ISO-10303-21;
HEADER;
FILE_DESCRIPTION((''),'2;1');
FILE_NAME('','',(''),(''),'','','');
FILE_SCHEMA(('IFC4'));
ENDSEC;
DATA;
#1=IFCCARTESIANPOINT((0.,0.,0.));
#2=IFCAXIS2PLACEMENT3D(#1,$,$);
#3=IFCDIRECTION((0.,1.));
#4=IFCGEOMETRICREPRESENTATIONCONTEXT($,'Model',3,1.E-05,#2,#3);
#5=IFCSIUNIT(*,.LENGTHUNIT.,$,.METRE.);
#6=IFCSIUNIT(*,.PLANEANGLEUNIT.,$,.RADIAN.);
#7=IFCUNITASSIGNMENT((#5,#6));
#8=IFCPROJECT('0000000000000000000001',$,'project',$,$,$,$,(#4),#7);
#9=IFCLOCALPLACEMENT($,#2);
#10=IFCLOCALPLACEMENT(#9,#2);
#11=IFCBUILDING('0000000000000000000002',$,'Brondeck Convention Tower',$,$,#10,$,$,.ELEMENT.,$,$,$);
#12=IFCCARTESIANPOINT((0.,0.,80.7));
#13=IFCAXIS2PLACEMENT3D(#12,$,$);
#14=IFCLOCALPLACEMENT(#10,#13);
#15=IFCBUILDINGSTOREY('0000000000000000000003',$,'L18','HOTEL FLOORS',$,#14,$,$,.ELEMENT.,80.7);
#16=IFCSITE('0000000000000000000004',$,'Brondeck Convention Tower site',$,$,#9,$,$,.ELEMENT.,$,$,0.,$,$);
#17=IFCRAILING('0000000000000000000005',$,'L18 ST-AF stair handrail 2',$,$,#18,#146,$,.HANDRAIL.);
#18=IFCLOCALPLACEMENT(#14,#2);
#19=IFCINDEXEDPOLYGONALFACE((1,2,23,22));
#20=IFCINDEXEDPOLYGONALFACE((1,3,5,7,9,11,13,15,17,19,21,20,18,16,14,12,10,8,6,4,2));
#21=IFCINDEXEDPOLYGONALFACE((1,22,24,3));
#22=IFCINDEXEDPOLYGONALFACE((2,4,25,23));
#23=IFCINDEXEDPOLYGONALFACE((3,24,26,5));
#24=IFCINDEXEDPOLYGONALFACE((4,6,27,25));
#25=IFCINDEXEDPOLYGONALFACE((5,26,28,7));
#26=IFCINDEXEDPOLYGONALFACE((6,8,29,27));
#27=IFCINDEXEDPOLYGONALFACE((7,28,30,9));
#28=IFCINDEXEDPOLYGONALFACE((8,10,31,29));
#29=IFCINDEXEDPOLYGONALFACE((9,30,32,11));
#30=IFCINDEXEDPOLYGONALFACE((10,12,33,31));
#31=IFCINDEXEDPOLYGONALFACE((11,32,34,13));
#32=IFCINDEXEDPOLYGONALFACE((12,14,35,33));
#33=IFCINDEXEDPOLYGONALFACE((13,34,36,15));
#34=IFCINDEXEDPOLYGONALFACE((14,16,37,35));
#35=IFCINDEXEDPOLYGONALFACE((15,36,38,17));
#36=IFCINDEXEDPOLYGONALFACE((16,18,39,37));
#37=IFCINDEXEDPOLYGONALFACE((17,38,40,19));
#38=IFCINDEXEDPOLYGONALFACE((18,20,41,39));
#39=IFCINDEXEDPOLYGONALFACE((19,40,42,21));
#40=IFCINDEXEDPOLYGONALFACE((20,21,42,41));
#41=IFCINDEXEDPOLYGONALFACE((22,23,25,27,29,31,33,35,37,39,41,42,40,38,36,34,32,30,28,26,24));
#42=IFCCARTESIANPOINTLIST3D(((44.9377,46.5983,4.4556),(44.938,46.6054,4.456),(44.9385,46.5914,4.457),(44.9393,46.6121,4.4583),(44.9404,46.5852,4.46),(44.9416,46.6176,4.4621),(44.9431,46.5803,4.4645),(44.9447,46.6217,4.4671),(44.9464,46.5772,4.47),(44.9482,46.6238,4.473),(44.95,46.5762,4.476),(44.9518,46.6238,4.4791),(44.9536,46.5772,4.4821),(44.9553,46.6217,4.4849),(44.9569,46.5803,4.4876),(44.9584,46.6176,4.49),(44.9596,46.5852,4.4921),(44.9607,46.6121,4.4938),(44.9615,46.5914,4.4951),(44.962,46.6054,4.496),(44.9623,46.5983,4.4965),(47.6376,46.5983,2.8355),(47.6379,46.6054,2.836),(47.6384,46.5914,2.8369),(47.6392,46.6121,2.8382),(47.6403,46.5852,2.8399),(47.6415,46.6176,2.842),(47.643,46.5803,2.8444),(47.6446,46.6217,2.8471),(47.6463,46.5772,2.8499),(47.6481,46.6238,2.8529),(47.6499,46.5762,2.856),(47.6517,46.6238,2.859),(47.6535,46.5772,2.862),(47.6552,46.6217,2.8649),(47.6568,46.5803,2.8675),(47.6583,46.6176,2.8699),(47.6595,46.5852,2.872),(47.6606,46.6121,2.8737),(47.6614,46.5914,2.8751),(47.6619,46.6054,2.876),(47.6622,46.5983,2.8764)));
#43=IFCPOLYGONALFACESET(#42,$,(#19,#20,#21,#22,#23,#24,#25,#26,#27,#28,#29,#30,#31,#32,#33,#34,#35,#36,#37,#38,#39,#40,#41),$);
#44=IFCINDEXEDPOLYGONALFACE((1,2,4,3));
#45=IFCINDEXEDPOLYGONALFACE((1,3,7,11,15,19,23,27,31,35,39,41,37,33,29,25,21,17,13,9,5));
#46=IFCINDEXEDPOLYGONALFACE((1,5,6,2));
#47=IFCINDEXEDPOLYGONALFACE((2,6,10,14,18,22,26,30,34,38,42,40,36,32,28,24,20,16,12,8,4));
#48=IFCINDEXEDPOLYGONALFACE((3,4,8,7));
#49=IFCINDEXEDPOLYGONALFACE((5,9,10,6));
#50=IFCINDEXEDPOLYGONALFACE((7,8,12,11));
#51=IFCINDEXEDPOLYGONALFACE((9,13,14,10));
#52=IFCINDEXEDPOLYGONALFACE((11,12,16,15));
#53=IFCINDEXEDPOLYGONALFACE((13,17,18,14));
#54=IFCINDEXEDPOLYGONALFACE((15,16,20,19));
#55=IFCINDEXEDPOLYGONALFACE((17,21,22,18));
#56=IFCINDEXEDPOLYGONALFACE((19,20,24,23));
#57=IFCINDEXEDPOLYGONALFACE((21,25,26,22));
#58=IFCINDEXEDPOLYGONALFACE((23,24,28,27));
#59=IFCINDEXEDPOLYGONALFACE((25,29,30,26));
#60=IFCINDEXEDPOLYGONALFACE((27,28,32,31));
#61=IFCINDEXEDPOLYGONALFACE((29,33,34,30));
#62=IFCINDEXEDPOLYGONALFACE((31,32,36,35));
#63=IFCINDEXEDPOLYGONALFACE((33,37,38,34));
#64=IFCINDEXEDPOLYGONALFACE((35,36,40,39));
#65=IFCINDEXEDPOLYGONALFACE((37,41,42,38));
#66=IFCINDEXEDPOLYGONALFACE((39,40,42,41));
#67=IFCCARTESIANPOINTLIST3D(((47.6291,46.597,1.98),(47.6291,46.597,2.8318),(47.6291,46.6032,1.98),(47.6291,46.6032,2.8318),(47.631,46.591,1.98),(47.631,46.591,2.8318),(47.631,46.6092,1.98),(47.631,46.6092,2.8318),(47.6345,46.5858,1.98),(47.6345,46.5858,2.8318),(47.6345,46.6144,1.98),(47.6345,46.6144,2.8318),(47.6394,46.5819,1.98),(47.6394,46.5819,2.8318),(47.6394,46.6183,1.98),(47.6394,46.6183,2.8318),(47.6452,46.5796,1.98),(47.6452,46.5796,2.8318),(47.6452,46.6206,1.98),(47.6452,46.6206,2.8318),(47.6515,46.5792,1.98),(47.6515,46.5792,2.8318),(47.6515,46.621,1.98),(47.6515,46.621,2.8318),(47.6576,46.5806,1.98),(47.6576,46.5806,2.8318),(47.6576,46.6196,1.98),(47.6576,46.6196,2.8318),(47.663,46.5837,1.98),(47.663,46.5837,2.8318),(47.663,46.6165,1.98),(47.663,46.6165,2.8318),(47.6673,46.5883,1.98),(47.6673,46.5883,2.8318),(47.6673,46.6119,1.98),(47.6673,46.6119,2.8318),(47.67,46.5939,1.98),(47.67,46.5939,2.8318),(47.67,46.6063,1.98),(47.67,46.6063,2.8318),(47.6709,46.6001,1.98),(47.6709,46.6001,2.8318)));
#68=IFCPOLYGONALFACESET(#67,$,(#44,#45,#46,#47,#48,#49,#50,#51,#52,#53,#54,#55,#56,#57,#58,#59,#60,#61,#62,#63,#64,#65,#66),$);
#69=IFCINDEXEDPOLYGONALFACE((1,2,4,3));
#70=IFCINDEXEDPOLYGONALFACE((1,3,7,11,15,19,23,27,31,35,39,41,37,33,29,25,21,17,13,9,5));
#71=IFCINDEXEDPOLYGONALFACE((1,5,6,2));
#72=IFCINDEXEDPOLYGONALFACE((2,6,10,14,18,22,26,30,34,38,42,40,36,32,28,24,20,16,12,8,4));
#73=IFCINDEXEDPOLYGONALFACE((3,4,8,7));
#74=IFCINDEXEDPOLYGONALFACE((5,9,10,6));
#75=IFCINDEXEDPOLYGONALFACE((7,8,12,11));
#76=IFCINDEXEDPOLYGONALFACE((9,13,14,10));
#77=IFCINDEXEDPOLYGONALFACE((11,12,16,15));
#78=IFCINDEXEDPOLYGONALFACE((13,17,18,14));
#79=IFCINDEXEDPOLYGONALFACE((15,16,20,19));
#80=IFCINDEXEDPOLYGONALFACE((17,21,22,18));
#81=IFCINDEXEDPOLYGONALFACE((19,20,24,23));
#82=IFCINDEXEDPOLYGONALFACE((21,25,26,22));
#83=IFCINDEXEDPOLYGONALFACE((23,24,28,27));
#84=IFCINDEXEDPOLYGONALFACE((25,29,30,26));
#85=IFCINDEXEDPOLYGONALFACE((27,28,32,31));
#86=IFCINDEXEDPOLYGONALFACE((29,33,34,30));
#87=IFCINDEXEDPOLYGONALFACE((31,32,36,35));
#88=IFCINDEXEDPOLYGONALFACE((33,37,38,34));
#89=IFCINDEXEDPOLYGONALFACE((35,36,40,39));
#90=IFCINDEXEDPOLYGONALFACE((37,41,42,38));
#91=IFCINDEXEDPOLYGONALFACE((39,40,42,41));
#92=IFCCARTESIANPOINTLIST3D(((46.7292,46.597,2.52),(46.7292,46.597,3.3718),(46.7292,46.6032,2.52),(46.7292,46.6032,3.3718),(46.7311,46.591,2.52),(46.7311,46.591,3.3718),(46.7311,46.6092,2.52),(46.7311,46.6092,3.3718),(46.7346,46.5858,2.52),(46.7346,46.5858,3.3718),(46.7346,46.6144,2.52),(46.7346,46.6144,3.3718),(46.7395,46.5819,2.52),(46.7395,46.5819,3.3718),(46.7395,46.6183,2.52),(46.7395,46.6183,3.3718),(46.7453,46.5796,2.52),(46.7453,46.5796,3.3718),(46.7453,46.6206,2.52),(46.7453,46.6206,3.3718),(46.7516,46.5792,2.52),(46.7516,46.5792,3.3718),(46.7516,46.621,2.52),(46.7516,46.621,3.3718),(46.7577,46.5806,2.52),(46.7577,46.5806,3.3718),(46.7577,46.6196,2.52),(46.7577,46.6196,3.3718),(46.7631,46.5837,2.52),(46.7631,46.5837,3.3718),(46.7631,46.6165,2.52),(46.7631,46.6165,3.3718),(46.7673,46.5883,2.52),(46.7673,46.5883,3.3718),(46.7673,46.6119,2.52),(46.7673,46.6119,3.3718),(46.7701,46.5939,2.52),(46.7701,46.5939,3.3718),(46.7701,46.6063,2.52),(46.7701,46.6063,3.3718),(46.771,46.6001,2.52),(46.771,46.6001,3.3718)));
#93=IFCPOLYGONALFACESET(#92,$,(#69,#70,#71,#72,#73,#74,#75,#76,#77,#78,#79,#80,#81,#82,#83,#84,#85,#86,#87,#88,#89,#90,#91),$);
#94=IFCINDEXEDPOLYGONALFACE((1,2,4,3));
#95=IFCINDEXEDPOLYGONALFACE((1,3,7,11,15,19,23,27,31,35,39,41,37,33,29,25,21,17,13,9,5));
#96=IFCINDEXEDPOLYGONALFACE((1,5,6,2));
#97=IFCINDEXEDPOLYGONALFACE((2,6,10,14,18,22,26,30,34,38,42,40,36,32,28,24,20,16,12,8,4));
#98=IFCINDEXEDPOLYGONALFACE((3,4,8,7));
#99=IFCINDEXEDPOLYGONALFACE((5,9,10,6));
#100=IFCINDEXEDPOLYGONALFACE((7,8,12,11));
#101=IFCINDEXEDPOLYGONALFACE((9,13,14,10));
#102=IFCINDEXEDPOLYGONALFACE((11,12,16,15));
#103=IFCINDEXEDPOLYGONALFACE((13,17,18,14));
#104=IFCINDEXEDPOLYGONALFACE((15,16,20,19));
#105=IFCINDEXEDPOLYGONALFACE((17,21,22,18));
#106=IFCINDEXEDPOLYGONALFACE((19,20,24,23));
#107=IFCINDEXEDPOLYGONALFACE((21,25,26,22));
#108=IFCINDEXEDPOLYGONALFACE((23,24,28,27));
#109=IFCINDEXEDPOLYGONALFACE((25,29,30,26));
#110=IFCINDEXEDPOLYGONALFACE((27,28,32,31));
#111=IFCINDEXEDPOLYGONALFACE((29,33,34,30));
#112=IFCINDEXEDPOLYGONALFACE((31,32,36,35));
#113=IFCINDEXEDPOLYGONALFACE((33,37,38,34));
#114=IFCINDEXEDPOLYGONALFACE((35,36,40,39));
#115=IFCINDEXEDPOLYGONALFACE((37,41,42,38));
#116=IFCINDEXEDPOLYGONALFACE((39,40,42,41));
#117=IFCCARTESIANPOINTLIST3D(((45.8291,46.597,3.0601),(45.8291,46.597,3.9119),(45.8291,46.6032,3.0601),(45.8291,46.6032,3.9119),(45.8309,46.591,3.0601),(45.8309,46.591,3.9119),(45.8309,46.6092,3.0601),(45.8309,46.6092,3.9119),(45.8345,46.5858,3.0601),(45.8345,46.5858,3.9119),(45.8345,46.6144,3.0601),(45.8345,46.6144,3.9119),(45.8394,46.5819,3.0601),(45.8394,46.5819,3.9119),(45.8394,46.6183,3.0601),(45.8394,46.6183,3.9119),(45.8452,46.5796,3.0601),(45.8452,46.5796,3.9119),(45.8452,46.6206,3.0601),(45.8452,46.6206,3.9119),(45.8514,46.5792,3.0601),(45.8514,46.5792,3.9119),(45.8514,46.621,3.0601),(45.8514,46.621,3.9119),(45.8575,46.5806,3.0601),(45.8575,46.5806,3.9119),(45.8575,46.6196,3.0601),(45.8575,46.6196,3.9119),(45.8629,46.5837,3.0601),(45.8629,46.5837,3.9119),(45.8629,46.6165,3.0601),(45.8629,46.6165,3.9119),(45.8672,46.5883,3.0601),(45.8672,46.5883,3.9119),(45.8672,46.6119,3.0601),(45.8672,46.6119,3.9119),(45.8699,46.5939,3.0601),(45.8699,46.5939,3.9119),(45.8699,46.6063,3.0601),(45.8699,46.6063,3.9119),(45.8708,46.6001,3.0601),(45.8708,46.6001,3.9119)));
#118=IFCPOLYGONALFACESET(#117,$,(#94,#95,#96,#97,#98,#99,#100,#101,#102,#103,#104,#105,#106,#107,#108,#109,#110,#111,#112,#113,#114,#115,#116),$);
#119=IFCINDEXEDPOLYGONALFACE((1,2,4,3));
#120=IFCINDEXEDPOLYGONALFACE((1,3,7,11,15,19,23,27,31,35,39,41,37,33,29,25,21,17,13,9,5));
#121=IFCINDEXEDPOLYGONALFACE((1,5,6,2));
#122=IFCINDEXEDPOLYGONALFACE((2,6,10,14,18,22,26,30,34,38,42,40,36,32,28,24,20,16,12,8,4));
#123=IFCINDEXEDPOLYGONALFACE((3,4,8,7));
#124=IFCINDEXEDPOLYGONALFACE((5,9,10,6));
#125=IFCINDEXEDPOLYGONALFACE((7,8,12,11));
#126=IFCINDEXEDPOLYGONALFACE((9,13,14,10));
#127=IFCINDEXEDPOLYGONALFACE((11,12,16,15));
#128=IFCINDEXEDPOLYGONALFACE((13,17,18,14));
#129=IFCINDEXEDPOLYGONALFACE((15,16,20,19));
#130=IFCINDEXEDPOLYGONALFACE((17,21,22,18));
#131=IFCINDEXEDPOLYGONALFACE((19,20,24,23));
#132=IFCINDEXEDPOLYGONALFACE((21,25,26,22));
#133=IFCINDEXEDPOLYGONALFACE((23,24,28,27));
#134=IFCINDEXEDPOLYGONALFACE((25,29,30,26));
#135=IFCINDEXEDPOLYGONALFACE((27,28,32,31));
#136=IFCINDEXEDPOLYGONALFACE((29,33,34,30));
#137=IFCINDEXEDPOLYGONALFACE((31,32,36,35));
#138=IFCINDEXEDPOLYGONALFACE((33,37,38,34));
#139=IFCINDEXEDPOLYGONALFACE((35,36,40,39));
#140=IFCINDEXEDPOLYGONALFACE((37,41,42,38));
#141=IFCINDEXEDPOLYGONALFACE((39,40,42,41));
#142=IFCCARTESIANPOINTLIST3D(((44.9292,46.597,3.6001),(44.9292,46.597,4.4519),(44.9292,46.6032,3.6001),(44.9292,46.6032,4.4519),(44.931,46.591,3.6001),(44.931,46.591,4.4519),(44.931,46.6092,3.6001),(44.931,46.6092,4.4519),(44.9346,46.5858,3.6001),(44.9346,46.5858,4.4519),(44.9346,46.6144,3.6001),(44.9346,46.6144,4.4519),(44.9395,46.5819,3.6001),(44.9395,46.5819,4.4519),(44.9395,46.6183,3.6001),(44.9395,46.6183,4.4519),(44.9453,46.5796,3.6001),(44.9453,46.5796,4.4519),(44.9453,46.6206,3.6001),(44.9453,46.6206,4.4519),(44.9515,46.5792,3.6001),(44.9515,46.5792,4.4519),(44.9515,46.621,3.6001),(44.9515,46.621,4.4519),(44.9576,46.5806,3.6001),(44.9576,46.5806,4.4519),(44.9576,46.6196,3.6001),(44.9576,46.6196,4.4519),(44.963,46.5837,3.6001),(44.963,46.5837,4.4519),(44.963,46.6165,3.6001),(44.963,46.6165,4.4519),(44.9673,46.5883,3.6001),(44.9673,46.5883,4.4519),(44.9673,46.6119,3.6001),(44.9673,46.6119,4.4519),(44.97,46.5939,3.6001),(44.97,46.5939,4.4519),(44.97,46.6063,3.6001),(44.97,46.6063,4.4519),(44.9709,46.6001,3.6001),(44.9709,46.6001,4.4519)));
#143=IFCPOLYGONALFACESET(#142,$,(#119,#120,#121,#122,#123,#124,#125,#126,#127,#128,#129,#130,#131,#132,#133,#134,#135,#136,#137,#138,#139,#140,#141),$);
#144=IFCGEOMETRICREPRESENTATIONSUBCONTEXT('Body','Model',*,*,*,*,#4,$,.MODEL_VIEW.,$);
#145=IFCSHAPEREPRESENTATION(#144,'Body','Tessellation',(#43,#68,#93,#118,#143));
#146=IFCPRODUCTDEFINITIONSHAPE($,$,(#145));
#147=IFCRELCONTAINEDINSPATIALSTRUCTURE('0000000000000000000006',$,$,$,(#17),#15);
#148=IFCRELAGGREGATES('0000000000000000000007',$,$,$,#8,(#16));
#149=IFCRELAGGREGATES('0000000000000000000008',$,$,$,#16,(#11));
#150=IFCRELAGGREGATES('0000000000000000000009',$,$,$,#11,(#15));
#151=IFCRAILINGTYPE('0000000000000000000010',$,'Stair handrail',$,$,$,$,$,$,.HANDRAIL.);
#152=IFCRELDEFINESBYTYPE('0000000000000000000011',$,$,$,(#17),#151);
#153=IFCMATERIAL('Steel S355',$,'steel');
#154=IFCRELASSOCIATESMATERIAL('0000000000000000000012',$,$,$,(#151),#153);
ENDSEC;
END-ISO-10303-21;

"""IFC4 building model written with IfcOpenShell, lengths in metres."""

from ifc_helpers import new_model, si_unit, direction, frame, origin, origin_2d, place, context, subcontext, project, spatial, circle, extrude, material, type_object, element, save


model = new_model("IFC4")

# Units and contexts
model_context = context("Model", 3, precision=1e-05, world=origin(), true_north=direction((0.0, 1.0)))
body_context = subcontext(model_context, "Body", "Model", "MODEL_VIEW")
ifc_project = project(units=[si_unit("LENGTHUNIT", "METRE"), si_unit("PLANEANGLEUNIT", "RADIAN")], contexts=[model_context])

# Site, building, storey
site_placement = place(None, origin())
site = spatial("IfcSite", under=ifc_project, at=site_placement, Name="Brondeck Convention Tower site", CompositionType="ELEMENT", RefElevation=0.0)
building_placement = place(site_placement, origin())
building = spatial("IfcBuilding", under=site, at=building_placement, Name="Brondeck Convention Tower", CompositionType="ELEMENT")
storey_placement = place(building_placement, frame((0.0, 0.0, 80.7)))
storey = spatial("IfcBuildingStorey", under=building, at=storey_placement, Name="L18", Description="HOTEL FLOORS", CompositionType="ELEMENT", Elevation=80.7)

# Shared definitions
ifc_material_1 = material(Name="Steel S355", Category="steel")

# Railing
railing_type = type_object("IfcRailingType", Name="Stair handrail", PredefinedType="HANDRAIL", material=ifc_material_1)
railing_placement = place(storey_placement, frame((47.6499, 46.6001, 1.98)))
element("IfcRailing", 1, at=railing_placement, inside=storey, type_object=railing_type, Name="L18 ST-AF stair handrail 2", PredefinedType="HANDRAIL", context=body_context, shape_type="SweptSolid", body=[
    extrude(circle(Radius=0.0239, at=origin_2d()), frame((0.0, 0.0, 0.876), z_axis=(-0.857472, 0.0, 0.51453), x_axis=(0.0, -1.0, 0.0)), (0.0, 0.0, 1.0), 3.1487),
    extrude(circle(Radius=0.021, at=origin_2d()), origin(), (0.0, 0.0, 1.0), 0.8518),
    extrude(circle(Radius=0.021, at=origin_2d()), frame((-0.8999, 0.0, 0.54)), (0.0, 0.0, 1.0), 0.8518),
    extrude(circle(Radius=0.021, at=origin_2d()), frame((-1.8, 0.0, 1.0801)), (0.0, 0.0, 1.0), 0.8518),
    extrude(circle(Radius=0.021, at=origin_2d()), frame((-2.7, 0.0, 1.6201)), (0.0, 0.0, 1.0), 0.8518),
])

save(model, "model.ifc")
